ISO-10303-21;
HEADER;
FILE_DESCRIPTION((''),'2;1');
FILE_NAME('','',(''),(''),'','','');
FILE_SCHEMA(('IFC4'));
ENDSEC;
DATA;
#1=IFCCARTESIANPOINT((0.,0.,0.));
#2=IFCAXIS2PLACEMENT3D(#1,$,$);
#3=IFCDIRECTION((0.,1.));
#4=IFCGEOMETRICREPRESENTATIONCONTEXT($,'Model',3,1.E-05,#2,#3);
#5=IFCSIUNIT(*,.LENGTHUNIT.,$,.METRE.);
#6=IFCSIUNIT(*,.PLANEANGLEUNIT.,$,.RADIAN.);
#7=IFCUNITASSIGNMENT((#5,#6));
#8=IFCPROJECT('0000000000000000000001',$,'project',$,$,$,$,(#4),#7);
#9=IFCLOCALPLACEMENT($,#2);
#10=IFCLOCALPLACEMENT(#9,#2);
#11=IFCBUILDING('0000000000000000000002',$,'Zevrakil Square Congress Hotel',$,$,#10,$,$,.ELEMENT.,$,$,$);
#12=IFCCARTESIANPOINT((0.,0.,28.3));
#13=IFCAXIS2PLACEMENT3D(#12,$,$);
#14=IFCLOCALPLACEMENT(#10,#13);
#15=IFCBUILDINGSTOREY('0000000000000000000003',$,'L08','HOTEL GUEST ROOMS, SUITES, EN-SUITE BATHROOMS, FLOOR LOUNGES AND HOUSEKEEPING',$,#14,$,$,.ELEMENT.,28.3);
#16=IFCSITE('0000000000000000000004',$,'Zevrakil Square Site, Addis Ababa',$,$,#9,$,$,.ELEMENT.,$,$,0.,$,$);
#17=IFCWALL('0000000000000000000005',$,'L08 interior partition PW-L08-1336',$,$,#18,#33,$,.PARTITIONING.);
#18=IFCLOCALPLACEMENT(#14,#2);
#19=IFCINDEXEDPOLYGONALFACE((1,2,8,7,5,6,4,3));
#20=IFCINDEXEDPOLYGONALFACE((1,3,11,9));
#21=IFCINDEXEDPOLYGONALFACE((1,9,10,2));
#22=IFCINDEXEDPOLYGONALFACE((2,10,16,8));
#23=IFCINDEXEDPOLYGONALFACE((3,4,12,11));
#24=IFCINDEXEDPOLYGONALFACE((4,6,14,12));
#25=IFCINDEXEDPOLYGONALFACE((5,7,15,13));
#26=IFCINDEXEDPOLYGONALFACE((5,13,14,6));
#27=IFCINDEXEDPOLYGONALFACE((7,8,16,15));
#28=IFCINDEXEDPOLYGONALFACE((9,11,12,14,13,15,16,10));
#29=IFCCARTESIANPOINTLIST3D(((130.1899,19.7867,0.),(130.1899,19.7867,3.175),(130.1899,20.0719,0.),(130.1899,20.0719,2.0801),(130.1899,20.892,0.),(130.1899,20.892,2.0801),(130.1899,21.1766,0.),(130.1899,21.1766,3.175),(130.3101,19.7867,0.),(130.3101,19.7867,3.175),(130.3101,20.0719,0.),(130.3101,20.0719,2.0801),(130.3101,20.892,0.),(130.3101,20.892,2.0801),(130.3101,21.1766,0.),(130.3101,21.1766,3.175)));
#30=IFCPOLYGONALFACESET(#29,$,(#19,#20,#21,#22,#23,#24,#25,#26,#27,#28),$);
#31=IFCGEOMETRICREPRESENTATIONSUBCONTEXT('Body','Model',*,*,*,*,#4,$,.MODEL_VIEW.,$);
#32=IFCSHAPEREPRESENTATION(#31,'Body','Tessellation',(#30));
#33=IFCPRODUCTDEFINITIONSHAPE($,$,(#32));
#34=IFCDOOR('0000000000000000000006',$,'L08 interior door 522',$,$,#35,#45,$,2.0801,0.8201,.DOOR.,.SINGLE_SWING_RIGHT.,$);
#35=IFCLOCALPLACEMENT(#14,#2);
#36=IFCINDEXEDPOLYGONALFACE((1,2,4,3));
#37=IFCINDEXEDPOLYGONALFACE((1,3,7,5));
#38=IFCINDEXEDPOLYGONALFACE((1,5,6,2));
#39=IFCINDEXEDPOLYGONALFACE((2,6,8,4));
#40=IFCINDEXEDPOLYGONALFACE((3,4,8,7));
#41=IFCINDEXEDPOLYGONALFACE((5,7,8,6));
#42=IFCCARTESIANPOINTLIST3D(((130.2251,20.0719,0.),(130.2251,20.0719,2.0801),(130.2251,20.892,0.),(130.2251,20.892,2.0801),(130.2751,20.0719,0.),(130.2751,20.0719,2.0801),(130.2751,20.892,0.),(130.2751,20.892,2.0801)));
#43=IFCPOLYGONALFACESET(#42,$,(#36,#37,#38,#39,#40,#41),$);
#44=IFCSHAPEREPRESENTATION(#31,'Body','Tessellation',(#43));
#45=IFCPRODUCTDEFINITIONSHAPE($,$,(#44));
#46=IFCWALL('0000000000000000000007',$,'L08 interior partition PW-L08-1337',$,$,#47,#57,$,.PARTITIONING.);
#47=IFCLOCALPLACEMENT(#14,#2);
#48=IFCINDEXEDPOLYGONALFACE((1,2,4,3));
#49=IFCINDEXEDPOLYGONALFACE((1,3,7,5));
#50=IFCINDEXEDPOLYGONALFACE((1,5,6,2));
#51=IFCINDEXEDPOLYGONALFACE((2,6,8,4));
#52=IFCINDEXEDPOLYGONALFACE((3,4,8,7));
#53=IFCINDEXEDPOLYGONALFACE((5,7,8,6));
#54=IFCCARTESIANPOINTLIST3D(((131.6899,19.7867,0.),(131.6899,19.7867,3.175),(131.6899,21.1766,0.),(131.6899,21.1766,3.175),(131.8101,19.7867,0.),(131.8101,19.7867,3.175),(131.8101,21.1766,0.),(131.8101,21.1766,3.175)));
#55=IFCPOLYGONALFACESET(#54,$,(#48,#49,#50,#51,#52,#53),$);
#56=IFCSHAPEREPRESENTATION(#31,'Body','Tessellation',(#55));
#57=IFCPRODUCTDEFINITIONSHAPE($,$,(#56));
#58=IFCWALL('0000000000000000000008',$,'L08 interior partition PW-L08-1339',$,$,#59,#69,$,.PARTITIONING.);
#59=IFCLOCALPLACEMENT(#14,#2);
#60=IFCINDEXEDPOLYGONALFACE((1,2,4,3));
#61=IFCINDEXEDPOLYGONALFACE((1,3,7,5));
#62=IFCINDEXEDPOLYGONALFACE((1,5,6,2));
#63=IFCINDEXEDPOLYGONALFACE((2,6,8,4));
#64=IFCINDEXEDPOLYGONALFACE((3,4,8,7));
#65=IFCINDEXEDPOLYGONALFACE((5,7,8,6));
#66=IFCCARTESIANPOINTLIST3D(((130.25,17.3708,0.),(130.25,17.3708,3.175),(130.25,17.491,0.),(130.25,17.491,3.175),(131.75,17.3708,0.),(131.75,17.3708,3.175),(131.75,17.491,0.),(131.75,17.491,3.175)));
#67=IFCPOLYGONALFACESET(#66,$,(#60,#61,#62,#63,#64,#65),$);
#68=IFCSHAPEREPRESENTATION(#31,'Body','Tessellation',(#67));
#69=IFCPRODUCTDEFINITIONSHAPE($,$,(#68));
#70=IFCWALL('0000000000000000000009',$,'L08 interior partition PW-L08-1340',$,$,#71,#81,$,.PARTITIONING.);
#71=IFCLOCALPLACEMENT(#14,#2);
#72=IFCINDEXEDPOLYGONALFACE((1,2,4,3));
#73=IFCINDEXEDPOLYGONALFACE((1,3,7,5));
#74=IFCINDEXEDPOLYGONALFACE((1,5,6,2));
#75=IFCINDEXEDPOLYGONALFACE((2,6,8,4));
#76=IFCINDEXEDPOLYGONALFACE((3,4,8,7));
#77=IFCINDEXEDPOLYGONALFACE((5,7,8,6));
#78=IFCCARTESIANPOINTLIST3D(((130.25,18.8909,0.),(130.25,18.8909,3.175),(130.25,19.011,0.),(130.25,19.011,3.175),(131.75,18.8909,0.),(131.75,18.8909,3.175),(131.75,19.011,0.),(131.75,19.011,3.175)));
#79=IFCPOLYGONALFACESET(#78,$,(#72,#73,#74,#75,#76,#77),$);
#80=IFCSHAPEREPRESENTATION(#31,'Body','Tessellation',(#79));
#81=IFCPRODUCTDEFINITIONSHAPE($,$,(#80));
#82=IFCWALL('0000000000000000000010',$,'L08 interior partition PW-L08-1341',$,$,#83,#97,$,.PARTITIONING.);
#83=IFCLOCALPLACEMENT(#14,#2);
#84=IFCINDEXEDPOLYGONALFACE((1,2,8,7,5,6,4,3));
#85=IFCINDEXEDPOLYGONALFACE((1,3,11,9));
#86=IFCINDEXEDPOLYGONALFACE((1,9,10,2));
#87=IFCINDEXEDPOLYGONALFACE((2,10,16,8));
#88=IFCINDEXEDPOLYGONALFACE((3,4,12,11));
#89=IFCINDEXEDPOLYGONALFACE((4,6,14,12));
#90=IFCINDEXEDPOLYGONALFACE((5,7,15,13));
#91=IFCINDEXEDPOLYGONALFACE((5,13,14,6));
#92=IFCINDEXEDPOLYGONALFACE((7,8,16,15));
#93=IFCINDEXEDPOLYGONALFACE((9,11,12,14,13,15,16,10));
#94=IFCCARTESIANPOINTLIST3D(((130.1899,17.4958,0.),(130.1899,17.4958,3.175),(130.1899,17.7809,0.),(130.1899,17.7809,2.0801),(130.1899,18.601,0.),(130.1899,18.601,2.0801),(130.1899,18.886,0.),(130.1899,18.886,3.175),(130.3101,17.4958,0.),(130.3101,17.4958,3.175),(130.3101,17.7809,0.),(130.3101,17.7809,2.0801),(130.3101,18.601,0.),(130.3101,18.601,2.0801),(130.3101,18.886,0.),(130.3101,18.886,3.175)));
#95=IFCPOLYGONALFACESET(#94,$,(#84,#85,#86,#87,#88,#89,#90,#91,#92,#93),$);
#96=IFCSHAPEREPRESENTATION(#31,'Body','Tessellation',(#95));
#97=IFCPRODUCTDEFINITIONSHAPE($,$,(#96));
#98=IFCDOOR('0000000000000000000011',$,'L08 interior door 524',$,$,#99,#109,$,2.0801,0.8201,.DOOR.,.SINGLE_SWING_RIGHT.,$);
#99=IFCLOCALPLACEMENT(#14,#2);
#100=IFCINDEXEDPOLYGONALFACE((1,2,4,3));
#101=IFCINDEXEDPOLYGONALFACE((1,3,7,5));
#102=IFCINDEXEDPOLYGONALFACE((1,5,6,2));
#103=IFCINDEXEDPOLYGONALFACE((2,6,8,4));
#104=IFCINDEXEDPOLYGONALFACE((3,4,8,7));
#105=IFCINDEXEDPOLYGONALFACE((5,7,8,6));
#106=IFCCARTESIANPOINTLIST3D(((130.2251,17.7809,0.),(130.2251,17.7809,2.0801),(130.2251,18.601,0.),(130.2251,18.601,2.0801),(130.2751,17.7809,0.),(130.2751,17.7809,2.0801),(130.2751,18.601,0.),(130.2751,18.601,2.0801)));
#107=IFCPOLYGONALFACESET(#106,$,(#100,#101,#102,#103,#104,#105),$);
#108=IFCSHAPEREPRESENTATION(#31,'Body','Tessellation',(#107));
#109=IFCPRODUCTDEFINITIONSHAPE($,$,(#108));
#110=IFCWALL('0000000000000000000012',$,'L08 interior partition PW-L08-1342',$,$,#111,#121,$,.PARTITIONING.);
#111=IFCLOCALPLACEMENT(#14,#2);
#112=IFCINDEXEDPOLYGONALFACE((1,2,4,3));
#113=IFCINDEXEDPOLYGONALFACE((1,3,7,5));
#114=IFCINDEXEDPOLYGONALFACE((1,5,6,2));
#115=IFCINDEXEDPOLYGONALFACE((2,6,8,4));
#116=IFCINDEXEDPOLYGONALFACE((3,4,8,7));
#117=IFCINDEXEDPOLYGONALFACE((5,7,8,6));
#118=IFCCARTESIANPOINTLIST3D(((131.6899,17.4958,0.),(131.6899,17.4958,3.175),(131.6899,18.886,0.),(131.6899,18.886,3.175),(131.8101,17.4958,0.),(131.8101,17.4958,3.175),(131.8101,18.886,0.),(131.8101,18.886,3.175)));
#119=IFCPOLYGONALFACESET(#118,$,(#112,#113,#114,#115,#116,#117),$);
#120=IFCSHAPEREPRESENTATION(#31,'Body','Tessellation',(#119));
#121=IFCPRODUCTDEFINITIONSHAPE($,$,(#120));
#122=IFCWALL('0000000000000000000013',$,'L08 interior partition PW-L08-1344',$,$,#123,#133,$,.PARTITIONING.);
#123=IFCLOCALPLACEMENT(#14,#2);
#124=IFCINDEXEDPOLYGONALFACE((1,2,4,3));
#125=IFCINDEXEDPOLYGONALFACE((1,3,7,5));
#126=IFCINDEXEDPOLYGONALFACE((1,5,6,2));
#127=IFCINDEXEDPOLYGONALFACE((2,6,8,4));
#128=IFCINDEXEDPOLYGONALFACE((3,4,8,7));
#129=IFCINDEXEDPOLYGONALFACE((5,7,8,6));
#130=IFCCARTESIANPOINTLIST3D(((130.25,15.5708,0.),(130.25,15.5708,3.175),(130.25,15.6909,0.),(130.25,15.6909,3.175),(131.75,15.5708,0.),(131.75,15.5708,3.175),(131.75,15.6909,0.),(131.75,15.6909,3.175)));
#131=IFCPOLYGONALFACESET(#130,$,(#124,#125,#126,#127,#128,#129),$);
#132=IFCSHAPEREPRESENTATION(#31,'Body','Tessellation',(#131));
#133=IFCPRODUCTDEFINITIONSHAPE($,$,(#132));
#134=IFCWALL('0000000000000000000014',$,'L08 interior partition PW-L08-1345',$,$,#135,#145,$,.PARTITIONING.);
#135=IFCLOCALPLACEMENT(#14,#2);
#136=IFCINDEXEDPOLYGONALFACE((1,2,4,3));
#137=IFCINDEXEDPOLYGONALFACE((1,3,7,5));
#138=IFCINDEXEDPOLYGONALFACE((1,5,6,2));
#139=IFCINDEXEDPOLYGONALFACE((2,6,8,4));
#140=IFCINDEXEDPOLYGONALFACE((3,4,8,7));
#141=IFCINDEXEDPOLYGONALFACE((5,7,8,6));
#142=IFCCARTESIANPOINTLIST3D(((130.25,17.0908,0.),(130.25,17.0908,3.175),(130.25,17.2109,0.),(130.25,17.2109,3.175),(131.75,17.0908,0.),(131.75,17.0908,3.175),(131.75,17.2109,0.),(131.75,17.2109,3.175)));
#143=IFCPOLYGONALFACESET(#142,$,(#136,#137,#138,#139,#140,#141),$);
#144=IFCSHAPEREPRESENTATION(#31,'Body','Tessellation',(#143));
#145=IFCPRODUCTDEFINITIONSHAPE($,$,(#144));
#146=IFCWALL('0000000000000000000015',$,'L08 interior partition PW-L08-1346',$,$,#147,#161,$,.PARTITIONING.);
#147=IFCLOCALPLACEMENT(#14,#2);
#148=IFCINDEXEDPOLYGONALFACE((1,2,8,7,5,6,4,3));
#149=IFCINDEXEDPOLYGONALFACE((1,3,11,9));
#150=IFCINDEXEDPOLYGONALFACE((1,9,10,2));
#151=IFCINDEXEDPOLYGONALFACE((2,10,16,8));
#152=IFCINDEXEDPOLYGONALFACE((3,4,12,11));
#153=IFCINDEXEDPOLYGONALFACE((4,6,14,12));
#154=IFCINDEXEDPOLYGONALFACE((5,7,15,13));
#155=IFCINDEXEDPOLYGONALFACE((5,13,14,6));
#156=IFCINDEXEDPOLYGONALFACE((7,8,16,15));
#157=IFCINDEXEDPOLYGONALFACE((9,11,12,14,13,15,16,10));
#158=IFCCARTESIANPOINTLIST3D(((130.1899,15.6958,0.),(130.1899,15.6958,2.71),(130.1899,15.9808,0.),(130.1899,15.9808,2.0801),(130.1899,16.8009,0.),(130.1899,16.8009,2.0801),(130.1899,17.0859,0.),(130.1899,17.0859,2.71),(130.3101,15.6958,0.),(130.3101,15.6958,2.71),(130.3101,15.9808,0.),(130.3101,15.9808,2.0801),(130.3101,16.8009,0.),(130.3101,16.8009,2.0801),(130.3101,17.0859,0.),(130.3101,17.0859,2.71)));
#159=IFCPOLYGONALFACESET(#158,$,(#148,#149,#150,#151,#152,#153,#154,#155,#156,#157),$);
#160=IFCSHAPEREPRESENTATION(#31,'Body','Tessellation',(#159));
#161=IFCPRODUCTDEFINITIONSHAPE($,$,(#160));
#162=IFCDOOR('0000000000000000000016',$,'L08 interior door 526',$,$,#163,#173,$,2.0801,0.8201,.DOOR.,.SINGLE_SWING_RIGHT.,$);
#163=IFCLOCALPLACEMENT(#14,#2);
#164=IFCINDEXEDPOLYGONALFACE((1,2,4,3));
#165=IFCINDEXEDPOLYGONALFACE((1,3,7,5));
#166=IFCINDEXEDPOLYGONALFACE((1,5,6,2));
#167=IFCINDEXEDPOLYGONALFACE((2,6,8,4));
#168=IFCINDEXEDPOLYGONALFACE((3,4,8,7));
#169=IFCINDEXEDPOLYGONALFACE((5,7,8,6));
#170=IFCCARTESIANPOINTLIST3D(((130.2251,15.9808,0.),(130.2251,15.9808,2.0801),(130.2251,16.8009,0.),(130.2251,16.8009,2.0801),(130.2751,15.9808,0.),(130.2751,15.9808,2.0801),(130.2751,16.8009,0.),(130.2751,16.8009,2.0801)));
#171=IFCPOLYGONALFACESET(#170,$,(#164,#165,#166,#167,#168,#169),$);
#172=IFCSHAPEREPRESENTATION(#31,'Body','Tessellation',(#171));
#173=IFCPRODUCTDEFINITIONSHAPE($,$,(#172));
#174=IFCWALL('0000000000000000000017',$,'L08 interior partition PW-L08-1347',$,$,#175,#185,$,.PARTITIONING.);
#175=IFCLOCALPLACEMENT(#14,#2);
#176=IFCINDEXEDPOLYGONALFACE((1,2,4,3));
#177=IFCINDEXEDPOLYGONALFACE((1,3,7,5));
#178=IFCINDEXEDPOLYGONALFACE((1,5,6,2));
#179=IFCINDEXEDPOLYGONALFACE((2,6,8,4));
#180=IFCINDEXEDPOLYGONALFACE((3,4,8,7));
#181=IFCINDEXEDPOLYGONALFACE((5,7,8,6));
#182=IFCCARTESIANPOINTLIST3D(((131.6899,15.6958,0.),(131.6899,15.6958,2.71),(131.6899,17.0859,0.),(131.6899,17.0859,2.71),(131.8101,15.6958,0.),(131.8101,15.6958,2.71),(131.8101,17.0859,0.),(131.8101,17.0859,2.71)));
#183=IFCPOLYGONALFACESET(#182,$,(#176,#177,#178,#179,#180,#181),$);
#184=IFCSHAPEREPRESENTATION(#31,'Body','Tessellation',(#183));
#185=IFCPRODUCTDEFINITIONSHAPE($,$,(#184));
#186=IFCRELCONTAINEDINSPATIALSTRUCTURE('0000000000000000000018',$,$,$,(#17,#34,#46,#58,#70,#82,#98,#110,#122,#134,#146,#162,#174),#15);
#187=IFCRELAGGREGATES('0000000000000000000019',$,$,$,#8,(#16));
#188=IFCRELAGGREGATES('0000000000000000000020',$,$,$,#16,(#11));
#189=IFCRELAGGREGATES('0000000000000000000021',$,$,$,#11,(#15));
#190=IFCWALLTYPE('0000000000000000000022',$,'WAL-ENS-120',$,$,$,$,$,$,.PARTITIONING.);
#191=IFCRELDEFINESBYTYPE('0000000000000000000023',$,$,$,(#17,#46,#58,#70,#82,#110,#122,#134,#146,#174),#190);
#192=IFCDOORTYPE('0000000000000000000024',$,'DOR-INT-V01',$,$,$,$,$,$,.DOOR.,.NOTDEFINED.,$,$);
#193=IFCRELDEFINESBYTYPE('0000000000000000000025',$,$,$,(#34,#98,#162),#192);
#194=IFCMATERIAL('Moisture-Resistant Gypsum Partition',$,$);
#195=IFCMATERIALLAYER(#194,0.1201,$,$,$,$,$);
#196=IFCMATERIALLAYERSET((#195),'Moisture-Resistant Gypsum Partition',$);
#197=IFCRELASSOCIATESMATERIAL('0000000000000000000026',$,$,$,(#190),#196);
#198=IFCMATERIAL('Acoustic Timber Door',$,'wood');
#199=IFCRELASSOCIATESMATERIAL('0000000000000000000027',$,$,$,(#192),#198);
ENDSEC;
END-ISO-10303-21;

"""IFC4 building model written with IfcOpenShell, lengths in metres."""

from ifc_helpers import new_model, si_unit, direction, frame, frame_2d, origin, place, context, subcontext, project, spatial, rectangle, extrude, material, layer, layer_set, type_object, element, fill, save


model = new_model("IFC4")

# Units and contexts
model_context = context("Model", 3, precision=1e-05, world=origin(), true_north=direction((0.0, 1.0)))
body_context = subcontext(model_context, "Body", "Model", "MODEL_VIEW")
ifc_project = project(units=[si_unit("LENGTHUNIT", "METRE"), si_unit("PLANEANGLEUNIT", "RADIAN")], contexts=[model_context])

# Site, building, storey
site_placement = place(None, origin())
site = spatial("IfcSite", under=ifc_project, at=site_placement, Name="Zevrakil Square Site, Addis Ababa", CompositionType="ELEMENT", RefElevation=0.0)
building_placement = place(site_placement, origin())
building = spatial("IfcBuilding", under=site, at=building_placement, Name="Zevrakil Square Congress Hotel", CompositionType="ELEMENT")
storey_placement = place(building_placement, frame((0.0, 0.0, 28.3)))
storey = spatial("IfcBuildingStorey", under=building, at=storey_placement, Name="L08", Description="HOTEL GUEST ROOMS, SUITES, EN-SUITE BATHROOMS, FLOOR LOUNGES AND HOUSEKEEPING", CompositionType="ELEMENT", Elevation=28.3)

# Shared definitions
ifc_material_1 = material(Name="Moisture-Resistant Gypsum Partition")
ifc_layer_1 = layer(ifc_material_1, 0.1201)
ifc_layer_set_1 = layer_set([ifc_layer_1], Name="Moisture-Resistant Gypsum Partition")
wall_type = type_object("IfcWallType", Name="WAL-ENS-120", PredefinedType="PARTITIONING", material=ifc_layer_set_1)

# Shared definitions
ifc_material_2 = material(Name="Acoustic Timber Door", Category="wood")
door_type = type_object("IfcDoorType", Name="DOR-INT-V01", OperationType="NOTDEFINED", PredefinedType="DOOR", material=ifc_material_2)

# Wall, opening, door
wall_1_placement = place(storey_placement, frame((130.25, 19.7869, 0.0), z_axis=(0.0, 0.0, 1.0), x_axis=(0.0, 1.0, 0.0)))
wall_1 = element("IfcWall", 1, at=wall_1_placement, inside=storey, type_object=wall_type, Name="L08 interior partition PW-L08-1336", PredefinedType="PARTITIONING", context=body_context, shape_type="SweptSolid", body=[
    extrude(rectangle(XDim=1.3899, YDim=0.1201, at=frame_2d((0.6948, 0.0))), origin(), (0.0, 0.0, 1.0), 3.175),
])
opening_1_placement = place(wall_1_placement, frame((0.2849, 0.0, 0.0)))
opening_1 = element("IfcOpeningElement", 2, at=opening_1_placement, cuts=wall_1, PredefinedType="OPENING", context=body_context, shape_type="SweptSolid", body=[
    extrude(rectangle(XDim=0.8201, YDim=2.0801, at=frame_2d((0.4102, 1.04))), frame((0.0, 0.0701, 0.0), z_axis=(0.0, -1.0, 0.0), x_axis=(1.0, 0.0, 0.0)), (0.0, 0.0, 1.0), 0.1401),
])
door_1_placement = place(opening_1_placement, origin())
door_1 = element("IfcDoor", 3, at=door_1_placement, inside=storey, type_object=door_type, Name="L08 interior door 522", OperationType="SINGLE_SWING_RIGHT", OverallHeight=2.0801, OverallWidth=0.8201, PredefinedType="DOOR", context=body_context, shape_type="SweptSolid", body=[
    extrude(rectangle(XDim=0.8201, YDim=2.0801, at=frame_2d((0.4102, 1.04))), frame((0.0, 0.0249, 0.0), z_axis=(0.0, -1.0, 0.0), x_axis=(1.0, 0.0, 0.0)), (0.0, 0.0, 1.0), 0.05),
])
fill(opening_1, door_1)

# Walls
wall_2_placement = place(storey_placement, frame((131.75, 19.7869, 0.0), z_axis=(0.0, 0.0, 1.0), x_axis=(0.0, 1.0, 0.0)))
element("IfcWall", 4, at=wall_2_placement, inside=storey, type_object=wall_type, Name="L08 interior partition PW-L08-1337", PredefinedType="PARTITIONING", context=body_context, shape_type="SweptSolid", body=[
    extrude(rectangle(XDim=1.3899, YDim=0.1201, at=frame_2d((0.6948, 0.0))), origin(), (0.0, 0.0, 1.0), 3.175),
])
for number, where, z_axis, x_axis, name in (
    (5, (130.25, 17.4309, 0.0), (0.0, 0.0, 1.0), (1.0, 0.0, 0.0), "L08 interior partition PW-L08-1339"),
    (6, (130.25, 18.9509, 0.0), (0.0, 0.0, 1.0), (1.0, 0.0, 0.0), "L08 interior partition PW-L08-1340"),
):
    element("IfcWall", number, at=place(storey_placement, frame(where, z_axis=z_axis, x_axis=x_axis)), inside=storey, type_object=wall_type, Name=name, PredefinedType="PARTITIONING", context=body_context, shape_type="SweptSolid", body=[
        extrude(rectangle(XDim=1.5, YDim=0.1201, at=frame_2d((0.75, 0.0))), origin(), (0.0, 0.0, 1.0), 3.175),
    ])

# Wall, opening, door
wall_3_placement = place(storey_placement, frame((130.25, 17.4958, 0.0), z_axis=(0.0, 0.0, 1.0), x_axis=(0.0, 1.0, 0.0)))
wall_3 = element("IfcWall", 7, at=wall_3_placement, inside=storey, type_object=wall_type, Name="L08 interior partition PW-L08-1341", PredefinedType="PARTITIONING", context=body_context, shape_type="SweptSolid", body=[
    extrude(rectangle(XDim=1.3901, YDim=0.1201, at=frame_2d((0.6951, 0.0))), origin(), (0.0, 0.0, 1.0), 3.175),
])
opening_2_placement = place(wall_3_placement, frame((0.2849, 0.0, 0.0)))
opening_2 = element("IfcOpeningElement", 8, at=opening_2_placement, cuts=wall_3, PredefinedType="OPENING", context=body_context, shape_type="SweptSolid", body=[
    extrude(rectangle(XDim=0.8201, YDim=2.0801, at=frame_2d((0.4102, 1.04))), frame((0.0, 0.0701, 0.0), z_axis=(0.0, -1.0, 0.0), x_axis=(1.0, 0.0, 0.0)), (0.0, 0.0, 1.0), 0.1401),
])
door_2_placement = place(opening_2_placement, origin())
door_2 = element("IfcDoor", 9, at=door_2_placement, inside=storey, type_object=door_type, Name="L08 interior door 524", OperationType="SINGLE_SWING_RIGHT", OverallHeight=2.0801, OverallWidth=0.8201, PredefinedType="DOOR", context=body_context, shape_type="SweptSolid", body=[
    extrude(rectangle(XDim=0.8201, YDim=2.0801, at=frame_2d((0.4102, 1.04))), frame((0.0, 0.0249, 0.0), z_axis=(0.0, -1.0, 0.0), x_axis=(1.0, 0.0, 0.0)), (0.0, 0.0, 1.0), 0.05),
])
fill(opening_2, door_2)

# Walls
wall_4_placement = place(storey_placement, frame((131.75, 17.4958, 0.0), z_axis=(0.0, 0.0, 1.0), x_axis=(0.0, 1.0, 0.0)))
element("IfcWall", 10, at=wall_4_placement, inside=storey, type_object=wall_type, Name="L08 interior partition PW-L08-1342", PredefinedType="PARTITIONING", context=body_context, shape_type="SweptSolid", body=[
    extrude(rectangle(XDim=1.3901, YDim=0.1201, at=frame_2d((0.6951, 0.0))), origin(), (0.0, 0.0, 1.0), 3.175),
])
for number, where, z_axis, x_axis, name in (
    (11, (130.25, 15.6309, 0.0), (0.0, 0.0, 1.0), (1.0, 0.0, 0.0), "L08 interior partition PW-L08-1344"),
    (12, (130.25, 17.1509, 0.0), (0.0, 0.0, 1.0), (1.0, 0.0, 0.0), "L08 interior partition PW-L08-1345"),
):
    element("IfcWall", number, at=place(storey_placement, frame(where, z_axis=z_axis, x_axis=x_axis)), inside=storey, type_object=wall_type, Name=name, PredefinedType="PARTITIONING", context=body_context, shape_type="SweptSolid", body=[
        extrude(rectangle(XDim=1.5, YDim=0.1201, at=frame_2d((0.75, 0.0))), origin(), (0.0, 0.0, 1.0), 3.175),
    ])

# Wall, opening, door
wall_5_placement = place(storey_placement, frame((130.25, 15.6958, 0.0), z_axis=(0.0, 0.0, 1.0), x_axis=(0.0, 1.0, 0.0)))
wall_5 = element("IfcWall", 13, at=wall_5_placement, inside=storey, type_object=wall_type, Name="L08 interior partition PW-L08-1346", PredefinedType="PARTITIONING", context=body_context, shape_type="SweptSolid", body=[
    extrude(rectangle(XDim=1.3901, YDim=0.1201, at=frame_2d((0.6951, 0.0))), origin(), (0.0, 0.0, 1.0), 2.71),
])
opening_3_placement = place(wall_5_placement, frame((0.2849, 0.0, 0.0)))
opening_3 = element("IfcOpeningElement", 14, at=opening_3_placement, cuts=wall_5, PredefinedType="OPENING", context=body_context, shape_type="SweptSolid", body=[
    extrude(rectangle(XDim=0.8201, YDim=2.0801, at=frame_2d((0.4102, 1.04))), frame((0.0, 0.0701, 0.0), z_axis=(0.0, -1.0, 0.0), x_axis=(1.0, 0.0, 0.0)), (0.0, 0.0, 1.0), 0.1401),
])
door_3_placement = place(opening_3_placement, origin())
door_3 = element("IfcDoor", 15, at=door_3_placement, inside=storey, type_object=door_type, Name="L08 interior door 526", OperationType="SINGLE_SWING_RIGHT", OverallHeight=2.0801, OverallWidth=0.8201, PredefinedType="DOOR", context=body_context, shape_type="SweptSolid", body=[
    extrude(rectangle(XDim=0.8201, YDim=2.0801, at=frame_2d((0.4102, 1.04))), frame((0.0, 0.0249, 0.0), z_axis=(0.0, -1.0, 0.0), x_axis=(1.0, 0.0, 0.0)), (0.0, 0.0, 1.0), 0.05),
])
fill(opening_3, door_3)

# Wall
wall_6_placement = place(storey_placement, frame((131.75, 15.6958, 0.0), z_axis=(0.0, 0.0, 1.0), x_axis=(0.0, 1.0, 0.0)))
element("IfcWall", 16, at=wall_6_placement, inside=storey, type_object=wall_type, Name="L08 interior partition PW-L08-1347", PredefinedType="PARTITIONING", context=body_context, shape_type="SweptSolid", body=[
    extrude(rectangle(XDim=1.3901, YDim=0.1201, at=frame_2d((0.6951, 0.0))), origin(), (0.0, 0.0, 1.0), 2.71),
])

save(model, "model.ifc")
